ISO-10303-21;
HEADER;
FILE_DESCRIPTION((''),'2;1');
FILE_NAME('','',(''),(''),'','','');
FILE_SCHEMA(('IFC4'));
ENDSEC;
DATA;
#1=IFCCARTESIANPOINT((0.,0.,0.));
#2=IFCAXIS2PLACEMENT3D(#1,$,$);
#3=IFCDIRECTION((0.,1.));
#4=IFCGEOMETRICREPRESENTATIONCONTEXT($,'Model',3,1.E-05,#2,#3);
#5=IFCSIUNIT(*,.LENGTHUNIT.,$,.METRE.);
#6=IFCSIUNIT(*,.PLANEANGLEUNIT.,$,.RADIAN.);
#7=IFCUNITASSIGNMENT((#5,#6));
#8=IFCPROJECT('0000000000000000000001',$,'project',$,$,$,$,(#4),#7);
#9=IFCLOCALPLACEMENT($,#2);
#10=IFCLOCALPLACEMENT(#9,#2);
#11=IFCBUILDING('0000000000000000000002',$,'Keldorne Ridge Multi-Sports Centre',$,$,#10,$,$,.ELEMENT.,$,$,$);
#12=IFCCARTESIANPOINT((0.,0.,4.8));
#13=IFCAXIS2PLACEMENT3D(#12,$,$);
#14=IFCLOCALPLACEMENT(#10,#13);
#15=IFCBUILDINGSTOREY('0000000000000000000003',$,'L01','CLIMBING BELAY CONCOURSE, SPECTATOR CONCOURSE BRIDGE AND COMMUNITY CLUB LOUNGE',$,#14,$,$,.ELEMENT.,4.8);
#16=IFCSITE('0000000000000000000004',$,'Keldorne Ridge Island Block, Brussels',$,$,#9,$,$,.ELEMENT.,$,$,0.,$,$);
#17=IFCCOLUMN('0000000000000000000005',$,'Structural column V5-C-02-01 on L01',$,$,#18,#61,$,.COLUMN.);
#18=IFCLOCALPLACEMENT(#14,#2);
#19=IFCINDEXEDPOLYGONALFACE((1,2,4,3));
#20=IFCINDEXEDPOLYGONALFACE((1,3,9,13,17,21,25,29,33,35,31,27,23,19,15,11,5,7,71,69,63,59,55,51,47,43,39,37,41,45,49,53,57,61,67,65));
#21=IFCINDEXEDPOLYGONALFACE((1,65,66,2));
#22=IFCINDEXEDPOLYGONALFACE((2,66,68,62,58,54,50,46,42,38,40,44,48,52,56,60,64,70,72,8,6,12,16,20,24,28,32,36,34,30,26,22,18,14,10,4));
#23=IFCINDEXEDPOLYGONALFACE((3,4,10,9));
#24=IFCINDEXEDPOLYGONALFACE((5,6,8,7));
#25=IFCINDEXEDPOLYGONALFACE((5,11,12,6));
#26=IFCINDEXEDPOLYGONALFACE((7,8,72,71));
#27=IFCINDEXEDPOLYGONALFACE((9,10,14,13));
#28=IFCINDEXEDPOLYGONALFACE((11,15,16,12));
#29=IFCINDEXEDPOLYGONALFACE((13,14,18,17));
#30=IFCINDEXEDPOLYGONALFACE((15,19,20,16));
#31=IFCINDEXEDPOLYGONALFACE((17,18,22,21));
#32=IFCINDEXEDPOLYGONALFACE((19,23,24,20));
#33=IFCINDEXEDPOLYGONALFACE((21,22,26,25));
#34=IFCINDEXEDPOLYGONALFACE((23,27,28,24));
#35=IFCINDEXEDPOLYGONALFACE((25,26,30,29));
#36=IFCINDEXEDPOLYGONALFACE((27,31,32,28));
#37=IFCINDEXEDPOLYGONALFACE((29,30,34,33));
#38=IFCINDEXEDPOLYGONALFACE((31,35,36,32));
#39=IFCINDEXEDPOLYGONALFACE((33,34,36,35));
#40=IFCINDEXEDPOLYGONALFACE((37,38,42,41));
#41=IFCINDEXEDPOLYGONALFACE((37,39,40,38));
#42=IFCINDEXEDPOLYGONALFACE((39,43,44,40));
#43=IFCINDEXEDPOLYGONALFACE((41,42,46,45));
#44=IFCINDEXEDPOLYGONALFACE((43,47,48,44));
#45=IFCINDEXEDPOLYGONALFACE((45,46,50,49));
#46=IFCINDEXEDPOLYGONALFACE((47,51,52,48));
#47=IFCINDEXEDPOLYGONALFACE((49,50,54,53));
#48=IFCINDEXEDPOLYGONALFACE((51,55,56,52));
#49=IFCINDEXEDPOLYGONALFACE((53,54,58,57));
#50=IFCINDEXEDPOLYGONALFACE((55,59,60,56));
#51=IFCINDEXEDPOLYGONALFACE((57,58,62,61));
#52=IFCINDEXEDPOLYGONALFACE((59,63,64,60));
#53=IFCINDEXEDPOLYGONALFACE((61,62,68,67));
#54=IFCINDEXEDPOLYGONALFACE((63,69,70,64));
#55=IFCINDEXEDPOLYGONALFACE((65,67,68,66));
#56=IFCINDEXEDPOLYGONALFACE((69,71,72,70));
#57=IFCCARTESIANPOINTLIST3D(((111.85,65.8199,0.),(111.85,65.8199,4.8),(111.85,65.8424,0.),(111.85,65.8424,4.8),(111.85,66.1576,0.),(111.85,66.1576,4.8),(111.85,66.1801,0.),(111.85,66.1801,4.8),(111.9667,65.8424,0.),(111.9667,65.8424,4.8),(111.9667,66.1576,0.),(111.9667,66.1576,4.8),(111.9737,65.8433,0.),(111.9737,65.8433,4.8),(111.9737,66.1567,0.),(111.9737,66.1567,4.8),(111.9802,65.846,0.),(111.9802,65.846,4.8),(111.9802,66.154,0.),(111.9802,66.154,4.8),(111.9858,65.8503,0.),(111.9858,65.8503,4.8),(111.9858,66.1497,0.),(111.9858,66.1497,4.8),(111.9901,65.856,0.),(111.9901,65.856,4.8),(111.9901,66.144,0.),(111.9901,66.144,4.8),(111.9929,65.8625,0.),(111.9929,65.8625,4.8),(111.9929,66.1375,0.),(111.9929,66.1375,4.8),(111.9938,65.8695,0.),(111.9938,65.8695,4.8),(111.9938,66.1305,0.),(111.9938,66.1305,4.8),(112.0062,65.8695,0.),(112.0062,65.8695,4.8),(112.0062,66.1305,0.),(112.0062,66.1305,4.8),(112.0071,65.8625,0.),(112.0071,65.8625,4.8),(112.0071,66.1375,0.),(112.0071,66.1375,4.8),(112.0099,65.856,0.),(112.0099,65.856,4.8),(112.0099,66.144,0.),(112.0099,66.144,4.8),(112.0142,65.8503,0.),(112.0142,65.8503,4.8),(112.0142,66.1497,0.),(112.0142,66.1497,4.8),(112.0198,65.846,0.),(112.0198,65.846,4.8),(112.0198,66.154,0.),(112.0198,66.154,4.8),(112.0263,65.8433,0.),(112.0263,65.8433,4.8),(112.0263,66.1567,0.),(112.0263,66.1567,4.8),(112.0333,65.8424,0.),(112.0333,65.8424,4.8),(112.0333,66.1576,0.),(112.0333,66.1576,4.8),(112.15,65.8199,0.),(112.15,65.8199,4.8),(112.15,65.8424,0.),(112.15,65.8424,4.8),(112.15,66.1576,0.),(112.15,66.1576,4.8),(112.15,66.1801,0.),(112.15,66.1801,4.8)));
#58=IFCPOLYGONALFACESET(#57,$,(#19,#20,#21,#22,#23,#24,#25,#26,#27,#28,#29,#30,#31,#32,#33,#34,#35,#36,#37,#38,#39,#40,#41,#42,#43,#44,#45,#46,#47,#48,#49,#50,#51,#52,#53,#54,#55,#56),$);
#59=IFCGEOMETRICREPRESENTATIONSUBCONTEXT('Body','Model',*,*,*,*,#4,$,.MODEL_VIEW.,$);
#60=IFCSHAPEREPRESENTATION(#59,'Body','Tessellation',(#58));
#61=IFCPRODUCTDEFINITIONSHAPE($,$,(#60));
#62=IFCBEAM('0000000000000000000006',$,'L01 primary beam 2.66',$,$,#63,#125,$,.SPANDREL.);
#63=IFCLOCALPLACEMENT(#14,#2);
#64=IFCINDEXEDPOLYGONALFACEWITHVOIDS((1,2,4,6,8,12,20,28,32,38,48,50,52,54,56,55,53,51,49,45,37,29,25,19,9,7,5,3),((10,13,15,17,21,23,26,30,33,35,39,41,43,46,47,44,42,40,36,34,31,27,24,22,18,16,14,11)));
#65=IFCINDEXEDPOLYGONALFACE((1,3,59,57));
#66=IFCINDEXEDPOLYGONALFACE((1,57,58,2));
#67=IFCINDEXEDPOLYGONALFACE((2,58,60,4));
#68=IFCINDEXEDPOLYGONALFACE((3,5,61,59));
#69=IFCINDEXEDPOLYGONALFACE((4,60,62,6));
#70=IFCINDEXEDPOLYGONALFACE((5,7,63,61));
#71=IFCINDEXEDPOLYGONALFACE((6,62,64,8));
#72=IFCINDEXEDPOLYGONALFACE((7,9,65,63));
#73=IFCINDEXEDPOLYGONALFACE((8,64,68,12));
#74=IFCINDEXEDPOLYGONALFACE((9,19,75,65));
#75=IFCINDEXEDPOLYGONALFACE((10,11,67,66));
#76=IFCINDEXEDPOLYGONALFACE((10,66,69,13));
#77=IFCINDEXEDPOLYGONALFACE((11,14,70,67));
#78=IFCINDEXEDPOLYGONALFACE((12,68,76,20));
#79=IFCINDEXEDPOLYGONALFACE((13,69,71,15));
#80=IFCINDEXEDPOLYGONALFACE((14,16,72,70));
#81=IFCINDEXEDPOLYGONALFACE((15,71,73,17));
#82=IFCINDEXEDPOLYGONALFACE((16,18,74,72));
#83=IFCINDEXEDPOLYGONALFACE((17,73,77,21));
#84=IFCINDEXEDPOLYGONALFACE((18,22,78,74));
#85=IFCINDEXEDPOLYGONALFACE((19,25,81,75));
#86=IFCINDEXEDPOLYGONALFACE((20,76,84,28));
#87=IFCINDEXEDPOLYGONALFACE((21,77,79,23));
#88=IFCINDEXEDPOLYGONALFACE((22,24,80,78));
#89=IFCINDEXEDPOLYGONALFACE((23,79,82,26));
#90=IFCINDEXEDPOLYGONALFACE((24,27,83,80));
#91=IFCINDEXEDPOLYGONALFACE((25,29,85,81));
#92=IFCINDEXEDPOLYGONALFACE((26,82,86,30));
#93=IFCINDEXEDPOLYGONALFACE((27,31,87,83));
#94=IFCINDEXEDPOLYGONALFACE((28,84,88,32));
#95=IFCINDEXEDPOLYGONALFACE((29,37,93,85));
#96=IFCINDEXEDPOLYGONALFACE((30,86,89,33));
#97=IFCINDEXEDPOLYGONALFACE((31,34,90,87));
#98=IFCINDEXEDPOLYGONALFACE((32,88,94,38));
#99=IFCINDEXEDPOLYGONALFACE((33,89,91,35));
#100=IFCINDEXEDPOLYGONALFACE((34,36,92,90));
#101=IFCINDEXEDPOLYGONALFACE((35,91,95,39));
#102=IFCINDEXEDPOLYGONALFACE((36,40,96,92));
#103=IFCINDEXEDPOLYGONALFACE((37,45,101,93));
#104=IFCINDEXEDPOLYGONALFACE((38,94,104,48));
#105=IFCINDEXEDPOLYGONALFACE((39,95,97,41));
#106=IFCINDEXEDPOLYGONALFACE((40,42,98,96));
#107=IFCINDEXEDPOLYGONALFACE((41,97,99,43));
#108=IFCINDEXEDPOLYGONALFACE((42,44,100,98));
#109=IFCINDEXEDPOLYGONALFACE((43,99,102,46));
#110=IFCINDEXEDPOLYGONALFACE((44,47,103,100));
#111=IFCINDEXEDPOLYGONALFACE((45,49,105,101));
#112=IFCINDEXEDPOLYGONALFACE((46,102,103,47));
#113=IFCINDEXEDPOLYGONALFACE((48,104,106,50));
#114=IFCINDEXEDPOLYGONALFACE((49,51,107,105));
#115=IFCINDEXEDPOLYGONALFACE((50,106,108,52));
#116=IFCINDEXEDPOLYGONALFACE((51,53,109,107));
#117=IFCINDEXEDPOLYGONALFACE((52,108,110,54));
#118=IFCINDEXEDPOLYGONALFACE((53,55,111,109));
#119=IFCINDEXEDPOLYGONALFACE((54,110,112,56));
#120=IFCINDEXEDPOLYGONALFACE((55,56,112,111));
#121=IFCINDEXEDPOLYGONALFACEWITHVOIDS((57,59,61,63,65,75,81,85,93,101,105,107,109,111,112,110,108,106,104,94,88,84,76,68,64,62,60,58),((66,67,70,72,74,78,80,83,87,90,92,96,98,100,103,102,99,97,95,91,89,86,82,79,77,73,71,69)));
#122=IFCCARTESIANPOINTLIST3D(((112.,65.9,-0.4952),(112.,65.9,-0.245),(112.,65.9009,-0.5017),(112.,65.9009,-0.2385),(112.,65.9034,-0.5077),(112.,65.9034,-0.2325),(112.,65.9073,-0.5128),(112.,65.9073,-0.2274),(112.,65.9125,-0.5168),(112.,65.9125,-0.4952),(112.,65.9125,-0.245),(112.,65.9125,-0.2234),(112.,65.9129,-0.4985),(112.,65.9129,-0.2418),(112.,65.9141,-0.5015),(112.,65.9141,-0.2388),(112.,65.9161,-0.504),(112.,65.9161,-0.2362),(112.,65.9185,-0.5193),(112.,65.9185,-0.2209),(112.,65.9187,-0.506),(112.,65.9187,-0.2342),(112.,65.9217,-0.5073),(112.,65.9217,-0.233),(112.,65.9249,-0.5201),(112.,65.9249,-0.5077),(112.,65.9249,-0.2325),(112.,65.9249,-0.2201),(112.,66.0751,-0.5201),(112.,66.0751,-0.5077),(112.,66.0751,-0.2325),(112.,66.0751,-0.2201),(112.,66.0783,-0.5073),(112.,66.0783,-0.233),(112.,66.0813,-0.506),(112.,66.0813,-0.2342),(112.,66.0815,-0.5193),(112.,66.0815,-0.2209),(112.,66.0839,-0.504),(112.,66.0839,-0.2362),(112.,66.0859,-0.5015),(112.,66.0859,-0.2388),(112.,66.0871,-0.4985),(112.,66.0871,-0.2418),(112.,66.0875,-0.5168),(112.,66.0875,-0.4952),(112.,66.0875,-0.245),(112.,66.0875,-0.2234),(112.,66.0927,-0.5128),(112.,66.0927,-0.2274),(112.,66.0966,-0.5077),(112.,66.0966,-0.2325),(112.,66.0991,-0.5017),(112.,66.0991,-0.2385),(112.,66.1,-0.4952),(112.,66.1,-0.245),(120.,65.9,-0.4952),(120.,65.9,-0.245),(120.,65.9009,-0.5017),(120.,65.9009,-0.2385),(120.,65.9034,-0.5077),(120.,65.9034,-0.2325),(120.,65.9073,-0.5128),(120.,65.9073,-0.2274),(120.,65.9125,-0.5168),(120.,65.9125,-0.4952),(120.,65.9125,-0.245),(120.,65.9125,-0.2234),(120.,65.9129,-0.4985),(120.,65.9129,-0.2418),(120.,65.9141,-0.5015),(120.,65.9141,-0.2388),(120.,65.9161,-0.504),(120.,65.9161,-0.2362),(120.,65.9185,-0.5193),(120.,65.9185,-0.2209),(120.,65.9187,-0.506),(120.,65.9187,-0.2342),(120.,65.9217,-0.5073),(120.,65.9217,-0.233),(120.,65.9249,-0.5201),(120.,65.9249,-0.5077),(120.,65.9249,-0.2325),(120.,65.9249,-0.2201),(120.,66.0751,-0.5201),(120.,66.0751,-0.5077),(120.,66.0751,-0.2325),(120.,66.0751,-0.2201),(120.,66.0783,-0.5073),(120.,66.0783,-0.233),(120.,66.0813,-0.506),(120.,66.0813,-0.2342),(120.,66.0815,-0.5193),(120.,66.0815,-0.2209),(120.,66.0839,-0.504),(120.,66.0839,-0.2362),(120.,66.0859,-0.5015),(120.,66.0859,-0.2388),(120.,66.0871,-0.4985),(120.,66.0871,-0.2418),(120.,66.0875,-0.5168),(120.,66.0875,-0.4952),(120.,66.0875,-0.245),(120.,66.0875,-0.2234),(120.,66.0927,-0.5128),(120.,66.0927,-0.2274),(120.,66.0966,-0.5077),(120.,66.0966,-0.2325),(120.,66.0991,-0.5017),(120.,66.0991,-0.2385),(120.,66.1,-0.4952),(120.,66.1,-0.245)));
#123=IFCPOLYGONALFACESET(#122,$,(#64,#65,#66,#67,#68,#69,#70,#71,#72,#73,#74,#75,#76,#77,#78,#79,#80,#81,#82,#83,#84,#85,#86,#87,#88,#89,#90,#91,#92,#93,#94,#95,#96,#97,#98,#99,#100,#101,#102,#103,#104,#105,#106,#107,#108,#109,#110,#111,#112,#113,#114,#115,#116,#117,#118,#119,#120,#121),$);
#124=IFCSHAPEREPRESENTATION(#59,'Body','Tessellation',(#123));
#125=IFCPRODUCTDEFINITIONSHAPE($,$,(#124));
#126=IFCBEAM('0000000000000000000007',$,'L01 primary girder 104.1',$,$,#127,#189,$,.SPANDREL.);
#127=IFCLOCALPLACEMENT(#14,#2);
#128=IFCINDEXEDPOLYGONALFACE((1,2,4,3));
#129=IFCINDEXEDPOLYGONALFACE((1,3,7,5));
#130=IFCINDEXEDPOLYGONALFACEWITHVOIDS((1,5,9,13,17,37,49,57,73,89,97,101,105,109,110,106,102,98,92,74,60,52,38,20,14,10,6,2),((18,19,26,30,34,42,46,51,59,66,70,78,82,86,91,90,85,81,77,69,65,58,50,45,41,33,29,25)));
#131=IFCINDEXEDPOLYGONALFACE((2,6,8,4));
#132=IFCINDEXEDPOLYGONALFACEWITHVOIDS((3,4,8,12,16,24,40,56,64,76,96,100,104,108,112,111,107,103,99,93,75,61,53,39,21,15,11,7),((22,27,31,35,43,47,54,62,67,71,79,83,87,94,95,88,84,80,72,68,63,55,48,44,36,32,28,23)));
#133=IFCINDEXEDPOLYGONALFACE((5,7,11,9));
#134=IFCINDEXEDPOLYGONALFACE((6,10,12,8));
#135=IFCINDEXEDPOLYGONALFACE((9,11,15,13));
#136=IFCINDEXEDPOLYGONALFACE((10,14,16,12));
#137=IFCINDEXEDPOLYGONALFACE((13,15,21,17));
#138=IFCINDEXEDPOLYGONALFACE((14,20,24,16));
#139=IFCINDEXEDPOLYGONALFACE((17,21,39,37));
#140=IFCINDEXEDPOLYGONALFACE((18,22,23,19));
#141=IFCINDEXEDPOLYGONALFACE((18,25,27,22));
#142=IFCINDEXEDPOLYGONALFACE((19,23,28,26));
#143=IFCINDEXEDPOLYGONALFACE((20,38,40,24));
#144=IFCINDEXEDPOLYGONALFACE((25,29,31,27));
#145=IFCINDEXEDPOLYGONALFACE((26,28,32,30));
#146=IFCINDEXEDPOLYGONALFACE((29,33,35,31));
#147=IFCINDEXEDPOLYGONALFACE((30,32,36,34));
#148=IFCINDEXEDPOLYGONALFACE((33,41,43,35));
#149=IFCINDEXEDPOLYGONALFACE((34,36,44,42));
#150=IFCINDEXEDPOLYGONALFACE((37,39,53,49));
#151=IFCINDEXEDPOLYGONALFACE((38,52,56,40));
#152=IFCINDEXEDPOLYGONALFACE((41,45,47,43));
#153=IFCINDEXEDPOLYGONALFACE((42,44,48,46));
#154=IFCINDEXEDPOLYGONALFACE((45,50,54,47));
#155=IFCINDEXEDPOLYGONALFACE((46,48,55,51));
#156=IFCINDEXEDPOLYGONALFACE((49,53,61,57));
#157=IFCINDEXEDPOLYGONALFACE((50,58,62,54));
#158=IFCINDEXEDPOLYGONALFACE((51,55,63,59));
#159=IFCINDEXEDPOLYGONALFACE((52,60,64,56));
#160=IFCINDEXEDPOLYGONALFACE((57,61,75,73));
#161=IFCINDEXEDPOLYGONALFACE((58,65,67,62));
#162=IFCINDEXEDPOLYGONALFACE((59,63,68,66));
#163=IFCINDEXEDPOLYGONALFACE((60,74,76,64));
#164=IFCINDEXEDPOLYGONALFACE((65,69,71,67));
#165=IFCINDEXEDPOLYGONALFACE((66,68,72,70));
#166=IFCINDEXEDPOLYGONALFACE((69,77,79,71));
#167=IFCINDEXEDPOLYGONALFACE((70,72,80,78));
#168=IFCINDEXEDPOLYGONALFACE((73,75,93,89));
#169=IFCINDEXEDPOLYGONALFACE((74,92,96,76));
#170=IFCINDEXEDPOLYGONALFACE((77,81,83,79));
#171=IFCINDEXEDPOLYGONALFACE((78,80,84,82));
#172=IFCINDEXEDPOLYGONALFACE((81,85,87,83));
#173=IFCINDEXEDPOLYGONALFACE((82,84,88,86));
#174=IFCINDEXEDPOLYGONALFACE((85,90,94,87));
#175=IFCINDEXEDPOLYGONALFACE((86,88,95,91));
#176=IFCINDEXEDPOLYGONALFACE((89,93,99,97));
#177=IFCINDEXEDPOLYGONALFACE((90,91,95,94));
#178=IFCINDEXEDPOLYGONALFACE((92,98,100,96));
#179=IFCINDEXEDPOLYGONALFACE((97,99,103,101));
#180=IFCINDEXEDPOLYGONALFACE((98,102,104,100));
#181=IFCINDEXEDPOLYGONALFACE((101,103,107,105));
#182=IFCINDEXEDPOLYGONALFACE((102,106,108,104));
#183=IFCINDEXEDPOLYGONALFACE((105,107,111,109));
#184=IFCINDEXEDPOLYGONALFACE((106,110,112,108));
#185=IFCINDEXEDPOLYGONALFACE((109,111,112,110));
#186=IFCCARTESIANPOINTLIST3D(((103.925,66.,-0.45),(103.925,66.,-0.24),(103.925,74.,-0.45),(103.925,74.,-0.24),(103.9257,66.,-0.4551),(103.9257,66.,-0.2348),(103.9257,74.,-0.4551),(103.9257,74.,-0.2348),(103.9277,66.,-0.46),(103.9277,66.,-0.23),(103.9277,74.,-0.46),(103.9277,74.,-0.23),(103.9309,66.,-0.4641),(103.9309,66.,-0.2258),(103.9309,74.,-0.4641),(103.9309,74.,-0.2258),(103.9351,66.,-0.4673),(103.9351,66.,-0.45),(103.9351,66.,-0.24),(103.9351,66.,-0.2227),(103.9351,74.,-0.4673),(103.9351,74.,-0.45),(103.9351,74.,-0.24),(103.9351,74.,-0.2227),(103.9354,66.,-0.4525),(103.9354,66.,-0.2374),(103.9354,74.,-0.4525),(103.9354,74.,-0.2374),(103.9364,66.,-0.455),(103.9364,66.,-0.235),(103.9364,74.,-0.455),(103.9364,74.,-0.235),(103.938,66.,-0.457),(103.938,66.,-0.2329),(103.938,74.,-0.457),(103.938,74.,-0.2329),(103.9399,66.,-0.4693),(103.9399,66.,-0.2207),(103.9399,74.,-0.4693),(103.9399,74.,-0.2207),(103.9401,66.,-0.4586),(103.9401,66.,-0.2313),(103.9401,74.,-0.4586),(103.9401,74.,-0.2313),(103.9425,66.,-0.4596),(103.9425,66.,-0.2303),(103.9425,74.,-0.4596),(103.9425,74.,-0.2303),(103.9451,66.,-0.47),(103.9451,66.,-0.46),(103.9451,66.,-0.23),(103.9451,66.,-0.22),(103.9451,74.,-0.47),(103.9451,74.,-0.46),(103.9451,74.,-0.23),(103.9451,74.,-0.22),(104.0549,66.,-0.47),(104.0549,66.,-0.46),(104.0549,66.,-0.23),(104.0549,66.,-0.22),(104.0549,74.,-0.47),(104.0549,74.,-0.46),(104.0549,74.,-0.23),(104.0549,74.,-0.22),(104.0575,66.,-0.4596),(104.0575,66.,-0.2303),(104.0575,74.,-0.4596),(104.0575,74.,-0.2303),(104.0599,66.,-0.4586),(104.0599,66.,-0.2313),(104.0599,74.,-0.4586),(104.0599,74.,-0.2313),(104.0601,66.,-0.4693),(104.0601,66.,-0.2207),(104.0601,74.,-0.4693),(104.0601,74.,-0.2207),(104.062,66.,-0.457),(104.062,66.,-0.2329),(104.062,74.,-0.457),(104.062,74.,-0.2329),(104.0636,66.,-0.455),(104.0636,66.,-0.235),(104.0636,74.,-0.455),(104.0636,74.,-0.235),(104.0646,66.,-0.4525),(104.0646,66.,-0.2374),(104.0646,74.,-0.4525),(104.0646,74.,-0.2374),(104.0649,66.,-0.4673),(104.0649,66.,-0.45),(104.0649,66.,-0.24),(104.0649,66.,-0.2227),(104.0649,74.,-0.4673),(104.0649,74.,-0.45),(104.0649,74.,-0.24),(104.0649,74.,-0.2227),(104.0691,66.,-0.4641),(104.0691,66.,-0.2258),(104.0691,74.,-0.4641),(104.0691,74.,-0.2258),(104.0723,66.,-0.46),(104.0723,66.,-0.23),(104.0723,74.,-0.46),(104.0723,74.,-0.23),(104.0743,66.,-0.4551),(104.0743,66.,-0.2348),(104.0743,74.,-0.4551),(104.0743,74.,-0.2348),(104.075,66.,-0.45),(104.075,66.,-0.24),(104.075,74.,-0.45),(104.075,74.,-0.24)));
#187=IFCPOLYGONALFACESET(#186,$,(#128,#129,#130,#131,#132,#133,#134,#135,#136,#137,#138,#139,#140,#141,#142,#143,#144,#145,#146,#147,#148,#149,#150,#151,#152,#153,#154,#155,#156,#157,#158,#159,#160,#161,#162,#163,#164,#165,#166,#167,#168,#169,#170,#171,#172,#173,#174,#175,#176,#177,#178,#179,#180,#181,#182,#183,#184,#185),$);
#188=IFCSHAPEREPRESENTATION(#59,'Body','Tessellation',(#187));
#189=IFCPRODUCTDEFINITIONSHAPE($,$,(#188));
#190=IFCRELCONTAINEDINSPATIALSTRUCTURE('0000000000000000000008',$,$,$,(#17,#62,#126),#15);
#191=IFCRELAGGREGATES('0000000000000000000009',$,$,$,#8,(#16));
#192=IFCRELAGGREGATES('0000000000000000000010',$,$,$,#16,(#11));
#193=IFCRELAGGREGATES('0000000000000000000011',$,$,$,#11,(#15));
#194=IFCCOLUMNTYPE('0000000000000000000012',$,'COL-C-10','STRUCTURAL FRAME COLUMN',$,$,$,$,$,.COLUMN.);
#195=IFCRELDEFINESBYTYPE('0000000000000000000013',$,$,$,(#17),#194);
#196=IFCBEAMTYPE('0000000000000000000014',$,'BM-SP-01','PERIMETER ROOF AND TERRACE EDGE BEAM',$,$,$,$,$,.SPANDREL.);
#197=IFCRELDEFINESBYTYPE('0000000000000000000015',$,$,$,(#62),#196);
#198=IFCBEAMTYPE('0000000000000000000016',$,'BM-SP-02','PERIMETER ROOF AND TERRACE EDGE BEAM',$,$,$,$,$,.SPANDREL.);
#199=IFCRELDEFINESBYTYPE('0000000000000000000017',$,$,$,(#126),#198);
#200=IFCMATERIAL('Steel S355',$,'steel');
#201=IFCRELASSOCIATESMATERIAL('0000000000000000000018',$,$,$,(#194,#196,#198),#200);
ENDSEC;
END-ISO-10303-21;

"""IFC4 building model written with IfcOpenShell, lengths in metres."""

from ifc_helpers import new_model, si_unit, direction, frame, origin, origin_2d, place, context, subcontext, project, spatial, hollow_rectangle, i_section, extrude, material, material_profile, profile_set, type_object, element, save


model = new_model("IFC4")

# Units and contexts
model_context = context("Model", 3, precision=1e-05, world=origin(), true_north=direction((0.0, 1.0)))
body_context = subcontext(model_context, "Body", "Model", "MODEL_VIEW")
ifc_project = project(units=[si_unit("LENGTHUNIT", "METRE"), si_unit("PLANEANGLEUNIT", "RADIAN")], contexts=[model_context])

# Site, building, storey
site_placement = place(None, origin())
site = spatial("IfcSite", under=ifc_project, at=site_placement, Name="Keldorne Ridge Island Block, Brussels", CompositionType="ELEMENT", RefElevation=0.0)
building_placement = place(site_placement, origin())
building = spatial("IfcBuilding", under=site, at=building_placement, Name="Keldorne Ridge Multi-Sports Centre", CompositionType="ELEMENT")
storey_placement = place(building_placement, frame((0.0, 0.0, 4.8)))
storey = spatial("IfcBuildingStorey", under=building, at=storey_placement, Name="L01", Description="CLIMBING BELAY CONCOURSE, SPECTATOR CONCOURSE BRIDGE AND COMMUNITY CLUB LOUNGE", CompositionType="ELEMENT", Elevation=4.8)

# Column
ifc_material_1 = material(Name="Steel S355", Category="steel")
ifc_material_profile_1 = material_profile(ifc_material_1, i_section(OverallWidth=0.3, OverallDepth=0.3601, WebThickness=0.0125, FlangeThickness=0.0225, FilletRadius=0.0271, at=origin_2d()), Name="HEB 360")
ifc_profile_set_1 = profile_set([ifc_material_profile_1], Name="Steel S355")
column_type = type_object("IfcColumnType", Name="COL-C-10", Description="STRUCTURAL FRAME COLUMN", PredefinedType="COLUMN", material=ifc_profile_set_1)
column_placement = place(storey_placement, frame((112.0, 66.0, 0.0), z_axis=(0.0, 0.0, 1.0), x_axis=(1.0, 0.0, 0.0)))
element("IfcColumn", 1, at=column_placement, inside=storey, type_object=column_type, Name="Structural column V5-C-02-01 on L01", PredefinedType="COLUMN", context=body_context, shape_type="SweptSolid", body=[
    extrude(i_section(OverallWidth=0.3, OverallDepth=0.3601, WebThickness=0.0125, FlangeThickness=0.0225, FilletRadius=0.0271, at=origin_2d()), origin(), (0.0, 0.0, 1.0), 4.8),
])

# Beams
ifc_material_profile_2 = material_profile(ifc_material_1, hollow_rectangle(XDim=0.2, YDim=0.3, WallThickness=0.0125, InnerFilletRadius=0.0125, OuterFilletRadius=0.0249, at=origin_2d()), Name="RHS 300x200x12.5")
ifc_profile_set_2 = profile_set([ifc_material_profile_2], Name="Steel S355")
beam_type_1 = type_object("IfcBeamType", Name="BM-SP-01", Description="PERIMETER ROOF AND TERRACE EDGE BEAM", PredefinedType="SPANDREL", material=ifc_profile_set_2)
beam_1_placement = place(storey_placement, frame((112.0, 66.0, -0.3701), z_axis=(1.0, 0.0, 0.0), x_axis=(0.0, 1.0, 0.0)))
element("IfcBeam", 2, at=beam_1_placement, inside=storey, type_object=beam_type_1, Name="L01 primary beam 2.66", PredefinedType="SPANDREL", context=body_context, shape_type="SweptSolid", body=[
    extrude(hollow_rectangle(XDim=0.2, YDim=0.3, WallThickness=0.0125, InnerFilletRadius=0.0125, OuterFilletRadius=0.0249, at=origin_2d()), origin(), (0.0, 0.0, 1.0), 8.0),
])
ifc_material_profile_3 = material_profile(ifc_material_1, hollow_rectangle(XDim=0.1499, YDim=0.25, WallThickness=0.01, InnerFilletRadius=0.01, OuterFilletRadius=0.02, at=origin_2d()), Name="RHS 250x150x10")
ifc_profile_set_3 = profile_set([ifc_material_profile_3], Name="Steel S355")
beam_type_2 = type_object("IfcBeamType", Name="BM-SP-02", Description="PERIMETER ROOF AND TERRACE EDGE BEAM", PredefinedType="SPANDREL", material=ifc_profile_set_3)
beam_2_placement = place(storey_placement, frame((104.0, 66.0, -0.345), z_axis=(0.0, 1.0, 0.0), x_axis=(-1.0, 0.0, 0.0)))
element("IfcBeam", 3, at=beam_2_placement, inside=storey, type_object=beam_type_2, Name="L01 primary girder 104.1", PredefinedType="SPANDREL", context=body_context, shape_type="SweptSolid", body=[
    extrude(hollow_rectangle(XDim=0.1499, YDim=0.25, WallThickness=0.01, InnerFilletRadius=0.01, OuterFilletRadius=0.02, at=origin_2d()), origin(), (0.0, 0.0, 1.0), 8.0),
])

save(model, "model.ifc")
